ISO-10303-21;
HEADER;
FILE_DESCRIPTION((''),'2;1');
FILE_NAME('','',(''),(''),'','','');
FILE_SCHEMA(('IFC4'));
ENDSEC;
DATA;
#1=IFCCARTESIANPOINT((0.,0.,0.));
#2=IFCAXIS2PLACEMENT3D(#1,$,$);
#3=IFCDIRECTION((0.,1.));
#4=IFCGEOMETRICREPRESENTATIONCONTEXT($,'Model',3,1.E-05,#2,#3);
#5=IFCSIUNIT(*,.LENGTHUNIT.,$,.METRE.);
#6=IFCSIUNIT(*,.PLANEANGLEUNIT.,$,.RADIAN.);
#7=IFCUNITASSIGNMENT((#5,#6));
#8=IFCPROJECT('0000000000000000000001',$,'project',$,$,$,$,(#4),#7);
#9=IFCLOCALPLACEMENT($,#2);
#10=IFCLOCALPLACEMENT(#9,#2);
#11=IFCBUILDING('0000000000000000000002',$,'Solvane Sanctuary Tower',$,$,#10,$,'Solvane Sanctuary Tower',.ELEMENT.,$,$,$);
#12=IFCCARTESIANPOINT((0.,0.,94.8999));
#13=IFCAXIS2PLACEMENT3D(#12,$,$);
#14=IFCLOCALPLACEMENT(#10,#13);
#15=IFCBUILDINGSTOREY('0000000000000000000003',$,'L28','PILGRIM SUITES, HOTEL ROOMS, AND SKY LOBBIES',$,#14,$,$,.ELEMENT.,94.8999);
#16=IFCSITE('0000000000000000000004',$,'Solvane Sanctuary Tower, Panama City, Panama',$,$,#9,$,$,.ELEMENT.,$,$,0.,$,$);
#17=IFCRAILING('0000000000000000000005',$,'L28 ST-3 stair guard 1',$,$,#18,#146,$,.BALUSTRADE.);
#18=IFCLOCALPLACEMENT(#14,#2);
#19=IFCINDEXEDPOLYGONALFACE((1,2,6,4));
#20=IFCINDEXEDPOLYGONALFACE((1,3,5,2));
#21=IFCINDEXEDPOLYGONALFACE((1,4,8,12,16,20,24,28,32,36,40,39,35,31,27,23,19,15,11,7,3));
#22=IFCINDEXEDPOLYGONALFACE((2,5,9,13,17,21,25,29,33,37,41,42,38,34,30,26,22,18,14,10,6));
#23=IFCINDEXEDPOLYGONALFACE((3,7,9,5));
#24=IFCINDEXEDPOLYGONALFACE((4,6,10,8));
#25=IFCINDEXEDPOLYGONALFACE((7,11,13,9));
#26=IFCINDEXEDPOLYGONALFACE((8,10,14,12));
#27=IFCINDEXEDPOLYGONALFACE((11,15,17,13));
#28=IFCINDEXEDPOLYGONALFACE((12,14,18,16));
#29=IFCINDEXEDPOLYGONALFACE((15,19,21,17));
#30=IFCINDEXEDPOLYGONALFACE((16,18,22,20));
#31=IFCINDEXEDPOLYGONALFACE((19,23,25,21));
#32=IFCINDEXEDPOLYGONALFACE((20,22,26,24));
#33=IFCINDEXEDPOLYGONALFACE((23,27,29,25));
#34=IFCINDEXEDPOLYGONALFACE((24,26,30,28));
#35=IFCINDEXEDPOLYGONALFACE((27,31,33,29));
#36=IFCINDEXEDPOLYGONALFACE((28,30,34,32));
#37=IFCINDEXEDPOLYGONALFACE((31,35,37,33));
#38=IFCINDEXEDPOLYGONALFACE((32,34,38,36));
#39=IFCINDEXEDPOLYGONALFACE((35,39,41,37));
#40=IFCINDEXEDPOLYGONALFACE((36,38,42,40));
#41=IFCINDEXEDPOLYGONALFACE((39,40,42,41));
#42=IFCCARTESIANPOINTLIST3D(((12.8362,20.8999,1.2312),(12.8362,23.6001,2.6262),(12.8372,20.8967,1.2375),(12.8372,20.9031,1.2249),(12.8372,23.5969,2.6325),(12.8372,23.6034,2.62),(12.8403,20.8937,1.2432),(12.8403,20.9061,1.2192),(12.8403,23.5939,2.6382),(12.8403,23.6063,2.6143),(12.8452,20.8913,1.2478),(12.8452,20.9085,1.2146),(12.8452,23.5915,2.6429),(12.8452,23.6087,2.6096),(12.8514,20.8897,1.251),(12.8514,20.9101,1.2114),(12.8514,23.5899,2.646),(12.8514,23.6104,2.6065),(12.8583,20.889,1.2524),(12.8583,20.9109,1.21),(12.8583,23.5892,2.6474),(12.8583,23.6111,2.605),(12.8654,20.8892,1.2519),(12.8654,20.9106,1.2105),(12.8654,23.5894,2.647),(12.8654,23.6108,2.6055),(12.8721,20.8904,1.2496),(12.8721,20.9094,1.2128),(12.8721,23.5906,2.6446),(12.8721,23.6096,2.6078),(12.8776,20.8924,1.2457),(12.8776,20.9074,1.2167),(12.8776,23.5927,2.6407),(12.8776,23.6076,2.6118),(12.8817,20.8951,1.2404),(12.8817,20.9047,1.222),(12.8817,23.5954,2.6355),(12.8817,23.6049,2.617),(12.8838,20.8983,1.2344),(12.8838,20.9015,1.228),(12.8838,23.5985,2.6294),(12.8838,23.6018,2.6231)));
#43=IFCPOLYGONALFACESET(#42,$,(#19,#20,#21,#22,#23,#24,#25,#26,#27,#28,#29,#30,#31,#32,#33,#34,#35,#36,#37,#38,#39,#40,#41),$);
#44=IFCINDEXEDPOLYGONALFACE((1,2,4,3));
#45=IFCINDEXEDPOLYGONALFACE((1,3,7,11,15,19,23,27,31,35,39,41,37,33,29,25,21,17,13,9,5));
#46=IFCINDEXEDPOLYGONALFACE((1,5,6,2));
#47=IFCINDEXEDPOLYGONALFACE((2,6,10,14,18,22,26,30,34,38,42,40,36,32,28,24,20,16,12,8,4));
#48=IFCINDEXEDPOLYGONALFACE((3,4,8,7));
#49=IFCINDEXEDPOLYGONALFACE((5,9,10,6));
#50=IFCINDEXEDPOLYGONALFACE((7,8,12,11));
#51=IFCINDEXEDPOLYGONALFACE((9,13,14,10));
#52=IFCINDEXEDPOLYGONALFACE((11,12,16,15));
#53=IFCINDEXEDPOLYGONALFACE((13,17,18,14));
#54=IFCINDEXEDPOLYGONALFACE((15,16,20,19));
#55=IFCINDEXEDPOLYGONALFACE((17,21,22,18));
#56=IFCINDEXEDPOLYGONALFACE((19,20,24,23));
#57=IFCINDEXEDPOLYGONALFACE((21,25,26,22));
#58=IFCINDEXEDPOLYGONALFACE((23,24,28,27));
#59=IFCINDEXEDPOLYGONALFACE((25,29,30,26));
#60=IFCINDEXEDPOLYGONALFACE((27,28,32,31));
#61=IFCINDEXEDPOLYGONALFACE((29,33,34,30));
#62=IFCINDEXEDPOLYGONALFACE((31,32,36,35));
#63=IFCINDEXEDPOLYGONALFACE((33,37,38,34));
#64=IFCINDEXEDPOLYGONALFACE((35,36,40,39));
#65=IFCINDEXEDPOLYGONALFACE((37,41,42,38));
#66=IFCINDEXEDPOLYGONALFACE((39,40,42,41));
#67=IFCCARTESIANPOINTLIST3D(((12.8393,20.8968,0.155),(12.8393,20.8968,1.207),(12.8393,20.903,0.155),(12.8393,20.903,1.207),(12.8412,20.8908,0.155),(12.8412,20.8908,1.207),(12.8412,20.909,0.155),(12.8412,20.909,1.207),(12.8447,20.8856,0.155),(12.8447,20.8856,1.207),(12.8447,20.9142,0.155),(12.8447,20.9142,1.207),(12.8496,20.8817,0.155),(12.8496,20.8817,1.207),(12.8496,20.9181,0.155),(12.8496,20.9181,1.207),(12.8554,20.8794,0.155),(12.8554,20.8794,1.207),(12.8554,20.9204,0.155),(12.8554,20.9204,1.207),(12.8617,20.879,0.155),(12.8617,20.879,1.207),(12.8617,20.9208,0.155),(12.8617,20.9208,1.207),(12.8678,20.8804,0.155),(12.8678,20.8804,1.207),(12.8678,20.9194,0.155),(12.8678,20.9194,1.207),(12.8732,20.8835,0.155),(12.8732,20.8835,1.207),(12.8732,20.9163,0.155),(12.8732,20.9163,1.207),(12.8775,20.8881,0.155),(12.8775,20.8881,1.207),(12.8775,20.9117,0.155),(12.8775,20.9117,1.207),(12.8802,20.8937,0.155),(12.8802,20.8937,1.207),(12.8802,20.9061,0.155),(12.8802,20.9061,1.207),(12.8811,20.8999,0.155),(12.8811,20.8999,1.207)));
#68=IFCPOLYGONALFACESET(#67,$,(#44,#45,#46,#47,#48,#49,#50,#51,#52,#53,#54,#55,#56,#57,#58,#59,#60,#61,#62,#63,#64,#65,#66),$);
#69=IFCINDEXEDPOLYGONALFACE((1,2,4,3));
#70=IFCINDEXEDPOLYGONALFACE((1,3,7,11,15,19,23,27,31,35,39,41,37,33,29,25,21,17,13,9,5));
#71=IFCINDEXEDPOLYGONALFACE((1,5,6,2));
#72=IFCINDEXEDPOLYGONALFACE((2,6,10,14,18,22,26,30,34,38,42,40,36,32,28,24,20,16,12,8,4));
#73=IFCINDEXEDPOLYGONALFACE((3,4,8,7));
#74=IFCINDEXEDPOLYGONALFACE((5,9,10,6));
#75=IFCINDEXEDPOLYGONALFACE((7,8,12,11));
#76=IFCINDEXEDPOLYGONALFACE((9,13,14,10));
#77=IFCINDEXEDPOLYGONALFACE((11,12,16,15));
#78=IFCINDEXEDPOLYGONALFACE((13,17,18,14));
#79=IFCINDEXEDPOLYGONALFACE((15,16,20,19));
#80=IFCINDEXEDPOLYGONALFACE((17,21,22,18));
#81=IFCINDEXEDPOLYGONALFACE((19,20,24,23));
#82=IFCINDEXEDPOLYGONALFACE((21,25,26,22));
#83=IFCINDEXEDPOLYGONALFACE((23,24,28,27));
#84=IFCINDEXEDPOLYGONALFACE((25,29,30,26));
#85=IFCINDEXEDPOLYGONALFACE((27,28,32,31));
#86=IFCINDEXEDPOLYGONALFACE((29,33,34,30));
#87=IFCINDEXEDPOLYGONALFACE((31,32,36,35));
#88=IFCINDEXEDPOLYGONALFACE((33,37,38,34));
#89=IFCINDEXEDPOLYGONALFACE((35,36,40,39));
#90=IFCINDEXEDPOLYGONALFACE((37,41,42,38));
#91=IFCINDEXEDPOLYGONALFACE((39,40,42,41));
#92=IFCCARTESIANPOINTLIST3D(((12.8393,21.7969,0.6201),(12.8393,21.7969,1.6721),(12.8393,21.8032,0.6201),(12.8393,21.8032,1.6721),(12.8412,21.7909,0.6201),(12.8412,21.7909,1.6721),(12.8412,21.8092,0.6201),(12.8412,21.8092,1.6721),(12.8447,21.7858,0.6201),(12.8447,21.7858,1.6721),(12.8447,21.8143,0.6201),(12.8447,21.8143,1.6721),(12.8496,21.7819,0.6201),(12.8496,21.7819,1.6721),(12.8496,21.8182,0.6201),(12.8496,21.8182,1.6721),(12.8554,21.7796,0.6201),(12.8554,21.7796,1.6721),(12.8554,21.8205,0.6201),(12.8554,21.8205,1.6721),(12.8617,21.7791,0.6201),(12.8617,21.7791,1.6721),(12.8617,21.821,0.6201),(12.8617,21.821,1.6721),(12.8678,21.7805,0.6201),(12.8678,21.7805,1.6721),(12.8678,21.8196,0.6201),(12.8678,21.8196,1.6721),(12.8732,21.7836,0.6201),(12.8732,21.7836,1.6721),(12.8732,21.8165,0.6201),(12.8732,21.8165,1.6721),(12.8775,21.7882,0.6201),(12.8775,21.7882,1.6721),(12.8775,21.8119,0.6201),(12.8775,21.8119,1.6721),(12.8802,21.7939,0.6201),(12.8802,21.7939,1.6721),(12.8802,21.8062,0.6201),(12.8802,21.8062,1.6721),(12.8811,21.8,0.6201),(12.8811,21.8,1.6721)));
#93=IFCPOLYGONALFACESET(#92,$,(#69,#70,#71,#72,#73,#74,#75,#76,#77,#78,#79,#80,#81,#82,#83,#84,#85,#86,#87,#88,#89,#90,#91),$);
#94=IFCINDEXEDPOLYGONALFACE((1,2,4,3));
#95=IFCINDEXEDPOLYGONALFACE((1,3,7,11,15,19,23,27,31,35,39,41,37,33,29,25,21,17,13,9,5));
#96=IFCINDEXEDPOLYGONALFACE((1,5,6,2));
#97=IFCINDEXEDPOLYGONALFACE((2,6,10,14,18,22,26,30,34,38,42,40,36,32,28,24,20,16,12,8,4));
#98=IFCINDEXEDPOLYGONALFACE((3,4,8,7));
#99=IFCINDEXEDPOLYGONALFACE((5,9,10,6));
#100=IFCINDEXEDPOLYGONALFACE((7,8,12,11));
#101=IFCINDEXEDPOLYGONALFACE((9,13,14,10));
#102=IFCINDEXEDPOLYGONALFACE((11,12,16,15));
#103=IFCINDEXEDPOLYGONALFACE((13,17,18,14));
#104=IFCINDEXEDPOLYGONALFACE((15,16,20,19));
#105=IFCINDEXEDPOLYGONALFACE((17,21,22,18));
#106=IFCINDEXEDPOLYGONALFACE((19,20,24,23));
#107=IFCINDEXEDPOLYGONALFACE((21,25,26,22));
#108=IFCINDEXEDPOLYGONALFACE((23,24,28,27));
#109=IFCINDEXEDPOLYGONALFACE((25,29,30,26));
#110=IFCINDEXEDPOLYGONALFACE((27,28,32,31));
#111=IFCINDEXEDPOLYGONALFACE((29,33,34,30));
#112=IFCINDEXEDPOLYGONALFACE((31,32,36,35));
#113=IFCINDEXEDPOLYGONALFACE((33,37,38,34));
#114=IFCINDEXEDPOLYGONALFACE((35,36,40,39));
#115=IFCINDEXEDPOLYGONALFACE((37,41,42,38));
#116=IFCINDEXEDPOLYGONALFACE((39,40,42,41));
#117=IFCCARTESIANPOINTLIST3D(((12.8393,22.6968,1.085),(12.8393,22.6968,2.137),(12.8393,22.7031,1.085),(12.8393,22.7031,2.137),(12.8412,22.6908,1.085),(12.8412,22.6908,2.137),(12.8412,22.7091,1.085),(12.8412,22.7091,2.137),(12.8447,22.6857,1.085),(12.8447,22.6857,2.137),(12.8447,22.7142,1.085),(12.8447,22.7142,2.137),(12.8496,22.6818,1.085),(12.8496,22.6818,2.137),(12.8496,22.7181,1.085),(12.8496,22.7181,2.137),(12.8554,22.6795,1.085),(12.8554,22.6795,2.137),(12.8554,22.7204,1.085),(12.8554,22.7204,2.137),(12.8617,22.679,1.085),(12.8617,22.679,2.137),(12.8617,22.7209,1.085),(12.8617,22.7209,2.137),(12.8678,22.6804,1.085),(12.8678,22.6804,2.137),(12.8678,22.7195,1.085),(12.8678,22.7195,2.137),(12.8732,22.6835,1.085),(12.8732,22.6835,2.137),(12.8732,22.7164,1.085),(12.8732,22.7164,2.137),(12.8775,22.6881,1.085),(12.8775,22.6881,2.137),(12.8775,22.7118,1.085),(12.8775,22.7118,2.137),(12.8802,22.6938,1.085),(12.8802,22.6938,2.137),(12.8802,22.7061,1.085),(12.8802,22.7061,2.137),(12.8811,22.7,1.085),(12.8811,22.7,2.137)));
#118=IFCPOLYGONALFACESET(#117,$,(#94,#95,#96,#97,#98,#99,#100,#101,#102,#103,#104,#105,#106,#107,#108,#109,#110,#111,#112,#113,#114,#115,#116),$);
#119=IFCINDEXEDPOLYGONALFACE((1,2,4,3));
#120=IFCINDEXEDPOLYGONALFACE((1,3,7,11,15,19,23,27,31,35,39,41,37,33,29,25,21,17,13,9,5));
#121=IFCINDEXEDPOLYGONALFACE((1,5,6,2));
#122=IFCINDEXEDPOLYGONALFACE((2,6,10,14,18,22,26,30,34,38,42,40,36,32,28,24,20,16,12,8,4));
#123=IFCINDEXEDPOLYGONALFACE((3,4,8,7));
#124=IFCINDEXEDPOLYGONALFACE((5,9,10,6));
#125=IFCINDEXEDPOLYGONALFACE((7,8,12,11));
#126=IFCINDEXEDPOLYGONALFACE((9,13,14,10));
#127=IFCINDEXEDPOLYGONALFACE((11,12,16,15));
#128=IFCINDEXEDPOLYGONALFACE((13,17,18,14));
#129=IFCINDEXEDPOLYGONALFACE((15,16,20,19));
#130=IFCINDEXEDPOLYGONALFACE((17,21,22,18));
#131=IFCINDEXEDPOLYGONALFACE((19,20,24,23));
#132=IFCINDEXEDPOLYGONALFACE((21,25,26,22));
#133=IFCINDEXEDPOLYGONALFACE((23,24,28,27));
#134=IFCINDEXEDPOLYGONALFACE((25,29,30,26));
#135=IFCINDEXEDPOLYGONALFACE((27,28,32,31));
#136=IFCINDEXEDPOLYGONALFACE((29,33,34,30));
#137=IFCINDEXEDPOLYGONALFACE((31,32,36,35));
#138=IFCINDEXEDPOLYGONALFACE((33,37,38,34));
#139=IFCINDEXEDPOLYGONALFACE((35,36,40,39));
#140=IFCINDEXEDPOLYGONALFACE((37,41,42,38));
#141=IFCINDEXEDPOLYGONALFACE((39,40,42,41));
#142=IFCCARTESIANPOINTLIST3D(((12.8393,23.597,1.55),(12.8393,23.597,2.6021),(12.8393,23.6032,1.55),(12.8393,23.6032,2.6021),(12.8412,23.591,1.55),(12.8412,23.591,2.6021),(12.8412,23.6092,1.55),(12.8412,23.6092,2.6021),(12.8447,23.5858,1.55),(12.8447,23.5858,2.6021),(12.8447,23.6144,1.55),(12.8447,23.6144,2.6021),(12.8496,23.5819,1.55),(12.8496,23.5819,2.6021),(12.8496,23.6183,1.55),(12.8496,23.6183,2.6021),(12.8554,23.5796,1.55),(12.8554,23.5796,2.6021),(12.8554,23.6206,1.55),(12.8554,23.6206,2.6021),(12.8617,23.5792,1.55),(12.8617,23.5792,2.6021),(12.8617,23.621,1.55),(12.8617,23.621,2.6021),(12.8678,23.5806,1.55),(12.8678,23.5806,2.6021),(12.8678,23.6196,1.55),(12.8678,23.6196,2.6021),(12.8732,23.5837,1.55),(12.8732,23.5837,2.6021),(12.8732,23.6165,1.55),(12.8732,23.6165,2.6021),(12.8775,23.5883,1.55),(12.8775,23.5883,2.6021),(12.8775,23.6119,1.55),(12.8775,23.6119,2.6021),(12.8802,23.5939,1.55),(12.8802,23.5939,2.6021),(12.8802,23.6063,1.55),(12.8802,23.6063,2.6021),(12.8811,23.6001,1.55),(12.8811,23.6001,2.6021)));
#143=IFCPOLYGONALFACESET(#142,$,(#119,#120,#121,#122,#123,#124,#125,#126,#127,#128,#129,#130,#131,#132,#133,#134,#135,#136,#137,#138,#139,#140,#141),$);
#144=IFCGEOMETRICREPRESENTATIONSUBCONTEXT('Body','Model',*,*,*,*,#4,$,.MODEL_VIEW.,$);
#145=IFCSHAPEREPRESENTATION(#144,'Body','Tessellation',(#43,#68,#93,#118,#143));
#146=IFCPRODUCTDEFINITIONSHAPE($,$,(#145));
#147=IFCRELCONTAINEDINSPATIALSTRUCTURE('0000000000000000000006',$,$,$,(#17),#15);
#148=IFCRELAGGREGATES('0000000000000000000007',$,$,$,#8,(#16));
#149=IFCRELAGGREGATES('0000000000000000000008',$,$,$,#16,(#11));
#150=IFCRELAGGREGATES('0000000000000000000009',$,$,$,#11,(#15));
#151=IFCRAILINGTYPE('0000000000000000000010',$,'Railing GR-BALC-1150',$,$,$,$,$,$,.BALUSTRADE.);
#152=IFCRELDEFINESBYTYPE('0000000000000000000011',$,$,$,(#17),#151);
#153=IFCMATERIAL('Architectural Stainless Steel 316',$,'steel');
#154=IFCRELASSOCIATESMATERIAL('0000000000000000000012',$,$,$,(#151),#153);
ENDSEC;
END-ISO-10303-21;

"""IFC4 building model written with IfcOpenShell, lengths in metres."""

from ifc_helpers import new_model, si_unit, direction, frame, origin, origin_2d, place, context, subcontext, project, spatial, circle, extrude, material, type_object, element, save


model = new_model("IFC4")

# Units and contexts
model_context = context("Model", 3, precision=1e-05, world=origin(), true_north=direction((0.0, 1.0)))
body_context = subcontext(model_context, "Body", "Model", "MODEL_VIEW")
ifc_project = project(units=[si_unit("LENGTHUNIT", "METRE"), si_unit("PLANEANGLEUNIT", "RADIAN")], contexts=[model_context])

# Site, building, storey
site_placement = place(None, origin())
site = spatial("IfcSite", under=ifc_project, at=site_placement, Name="Solvane Sanctuary Tower, Panama City, Panama", CompositionType="ELEMENT", RefElevation=0.0)
building_placement = place(site_placement, origin())
building = spatial("IfcBuilding", under=site, at=building_placement, Name="Solvane Sanctuary Tower", LongName="Solvane Sanctuary Tower", CompositionType="ELEMENT")
storey_placement = place(building_placement, frame((0.0, 0.0, 94.8999)))
storey = spatial("IfcBuildingStorey", under=building, at=storey_placement, Name="L28", Description="PILGRIM SUITES, HOTEL ROOMS, AND SKY LOBBIES", CompositionType="ELEMENT", Elevation=94.8999)

# Shared definitions
ifc_material_1 = material(Name="Architectural Stainless Steel 316", Category="steel")

# Railing
railing_type_1 = type_object("IfcRailingType", Name="Railing GR-BALC-1150", PredefinedType="BALUSTRADE", material=ifc_material_1)
railing_1_placement = place(storey_placement, frame((12.8601, 20.8999, 0.155)))
element("IfcRailing", 1, at=railing_1_placement, inside=storey, type_object=railing_type_1, Name="L28 ST-3 stair guard 1", PredefinedType="BALUSTRADE", context=body_context, shape_type="SweptSolid", body=[
    extrude(circle(Radius=0.0239, at=origin_2d()), frame((0.0, 0.0, 1.0762), z_axis=(0.0, 0.888437, 0.458999), x_axis=(-1.0, 0.0, 0.0)), (0.0, 0.0, 1.0), 3.0393),
    extrude(circle(Radius=0.021, at=origin_2d()), origin(), (0.0, 0.0, 1.0), 1.052),
    extrude(circle(Radius=0.021, at=origin_2d()), frame((0.0, 0.9001, 0.4651)), (0.0, 0.0, 1.0), 1.052),
    extrude(circle(Radius=0.021, at=origin_2d()), frame((0.0, 1.8, 0.9299)), (0.0, 0.0, 1.0), 1.052),
    extrude(circle(Radius=0.021, at=origin_2d()), frame((0.0, 2.7002, 1.395)), (0.0, 0.0, 1.0), 1.052),
])

save(model, "model.ifc")
